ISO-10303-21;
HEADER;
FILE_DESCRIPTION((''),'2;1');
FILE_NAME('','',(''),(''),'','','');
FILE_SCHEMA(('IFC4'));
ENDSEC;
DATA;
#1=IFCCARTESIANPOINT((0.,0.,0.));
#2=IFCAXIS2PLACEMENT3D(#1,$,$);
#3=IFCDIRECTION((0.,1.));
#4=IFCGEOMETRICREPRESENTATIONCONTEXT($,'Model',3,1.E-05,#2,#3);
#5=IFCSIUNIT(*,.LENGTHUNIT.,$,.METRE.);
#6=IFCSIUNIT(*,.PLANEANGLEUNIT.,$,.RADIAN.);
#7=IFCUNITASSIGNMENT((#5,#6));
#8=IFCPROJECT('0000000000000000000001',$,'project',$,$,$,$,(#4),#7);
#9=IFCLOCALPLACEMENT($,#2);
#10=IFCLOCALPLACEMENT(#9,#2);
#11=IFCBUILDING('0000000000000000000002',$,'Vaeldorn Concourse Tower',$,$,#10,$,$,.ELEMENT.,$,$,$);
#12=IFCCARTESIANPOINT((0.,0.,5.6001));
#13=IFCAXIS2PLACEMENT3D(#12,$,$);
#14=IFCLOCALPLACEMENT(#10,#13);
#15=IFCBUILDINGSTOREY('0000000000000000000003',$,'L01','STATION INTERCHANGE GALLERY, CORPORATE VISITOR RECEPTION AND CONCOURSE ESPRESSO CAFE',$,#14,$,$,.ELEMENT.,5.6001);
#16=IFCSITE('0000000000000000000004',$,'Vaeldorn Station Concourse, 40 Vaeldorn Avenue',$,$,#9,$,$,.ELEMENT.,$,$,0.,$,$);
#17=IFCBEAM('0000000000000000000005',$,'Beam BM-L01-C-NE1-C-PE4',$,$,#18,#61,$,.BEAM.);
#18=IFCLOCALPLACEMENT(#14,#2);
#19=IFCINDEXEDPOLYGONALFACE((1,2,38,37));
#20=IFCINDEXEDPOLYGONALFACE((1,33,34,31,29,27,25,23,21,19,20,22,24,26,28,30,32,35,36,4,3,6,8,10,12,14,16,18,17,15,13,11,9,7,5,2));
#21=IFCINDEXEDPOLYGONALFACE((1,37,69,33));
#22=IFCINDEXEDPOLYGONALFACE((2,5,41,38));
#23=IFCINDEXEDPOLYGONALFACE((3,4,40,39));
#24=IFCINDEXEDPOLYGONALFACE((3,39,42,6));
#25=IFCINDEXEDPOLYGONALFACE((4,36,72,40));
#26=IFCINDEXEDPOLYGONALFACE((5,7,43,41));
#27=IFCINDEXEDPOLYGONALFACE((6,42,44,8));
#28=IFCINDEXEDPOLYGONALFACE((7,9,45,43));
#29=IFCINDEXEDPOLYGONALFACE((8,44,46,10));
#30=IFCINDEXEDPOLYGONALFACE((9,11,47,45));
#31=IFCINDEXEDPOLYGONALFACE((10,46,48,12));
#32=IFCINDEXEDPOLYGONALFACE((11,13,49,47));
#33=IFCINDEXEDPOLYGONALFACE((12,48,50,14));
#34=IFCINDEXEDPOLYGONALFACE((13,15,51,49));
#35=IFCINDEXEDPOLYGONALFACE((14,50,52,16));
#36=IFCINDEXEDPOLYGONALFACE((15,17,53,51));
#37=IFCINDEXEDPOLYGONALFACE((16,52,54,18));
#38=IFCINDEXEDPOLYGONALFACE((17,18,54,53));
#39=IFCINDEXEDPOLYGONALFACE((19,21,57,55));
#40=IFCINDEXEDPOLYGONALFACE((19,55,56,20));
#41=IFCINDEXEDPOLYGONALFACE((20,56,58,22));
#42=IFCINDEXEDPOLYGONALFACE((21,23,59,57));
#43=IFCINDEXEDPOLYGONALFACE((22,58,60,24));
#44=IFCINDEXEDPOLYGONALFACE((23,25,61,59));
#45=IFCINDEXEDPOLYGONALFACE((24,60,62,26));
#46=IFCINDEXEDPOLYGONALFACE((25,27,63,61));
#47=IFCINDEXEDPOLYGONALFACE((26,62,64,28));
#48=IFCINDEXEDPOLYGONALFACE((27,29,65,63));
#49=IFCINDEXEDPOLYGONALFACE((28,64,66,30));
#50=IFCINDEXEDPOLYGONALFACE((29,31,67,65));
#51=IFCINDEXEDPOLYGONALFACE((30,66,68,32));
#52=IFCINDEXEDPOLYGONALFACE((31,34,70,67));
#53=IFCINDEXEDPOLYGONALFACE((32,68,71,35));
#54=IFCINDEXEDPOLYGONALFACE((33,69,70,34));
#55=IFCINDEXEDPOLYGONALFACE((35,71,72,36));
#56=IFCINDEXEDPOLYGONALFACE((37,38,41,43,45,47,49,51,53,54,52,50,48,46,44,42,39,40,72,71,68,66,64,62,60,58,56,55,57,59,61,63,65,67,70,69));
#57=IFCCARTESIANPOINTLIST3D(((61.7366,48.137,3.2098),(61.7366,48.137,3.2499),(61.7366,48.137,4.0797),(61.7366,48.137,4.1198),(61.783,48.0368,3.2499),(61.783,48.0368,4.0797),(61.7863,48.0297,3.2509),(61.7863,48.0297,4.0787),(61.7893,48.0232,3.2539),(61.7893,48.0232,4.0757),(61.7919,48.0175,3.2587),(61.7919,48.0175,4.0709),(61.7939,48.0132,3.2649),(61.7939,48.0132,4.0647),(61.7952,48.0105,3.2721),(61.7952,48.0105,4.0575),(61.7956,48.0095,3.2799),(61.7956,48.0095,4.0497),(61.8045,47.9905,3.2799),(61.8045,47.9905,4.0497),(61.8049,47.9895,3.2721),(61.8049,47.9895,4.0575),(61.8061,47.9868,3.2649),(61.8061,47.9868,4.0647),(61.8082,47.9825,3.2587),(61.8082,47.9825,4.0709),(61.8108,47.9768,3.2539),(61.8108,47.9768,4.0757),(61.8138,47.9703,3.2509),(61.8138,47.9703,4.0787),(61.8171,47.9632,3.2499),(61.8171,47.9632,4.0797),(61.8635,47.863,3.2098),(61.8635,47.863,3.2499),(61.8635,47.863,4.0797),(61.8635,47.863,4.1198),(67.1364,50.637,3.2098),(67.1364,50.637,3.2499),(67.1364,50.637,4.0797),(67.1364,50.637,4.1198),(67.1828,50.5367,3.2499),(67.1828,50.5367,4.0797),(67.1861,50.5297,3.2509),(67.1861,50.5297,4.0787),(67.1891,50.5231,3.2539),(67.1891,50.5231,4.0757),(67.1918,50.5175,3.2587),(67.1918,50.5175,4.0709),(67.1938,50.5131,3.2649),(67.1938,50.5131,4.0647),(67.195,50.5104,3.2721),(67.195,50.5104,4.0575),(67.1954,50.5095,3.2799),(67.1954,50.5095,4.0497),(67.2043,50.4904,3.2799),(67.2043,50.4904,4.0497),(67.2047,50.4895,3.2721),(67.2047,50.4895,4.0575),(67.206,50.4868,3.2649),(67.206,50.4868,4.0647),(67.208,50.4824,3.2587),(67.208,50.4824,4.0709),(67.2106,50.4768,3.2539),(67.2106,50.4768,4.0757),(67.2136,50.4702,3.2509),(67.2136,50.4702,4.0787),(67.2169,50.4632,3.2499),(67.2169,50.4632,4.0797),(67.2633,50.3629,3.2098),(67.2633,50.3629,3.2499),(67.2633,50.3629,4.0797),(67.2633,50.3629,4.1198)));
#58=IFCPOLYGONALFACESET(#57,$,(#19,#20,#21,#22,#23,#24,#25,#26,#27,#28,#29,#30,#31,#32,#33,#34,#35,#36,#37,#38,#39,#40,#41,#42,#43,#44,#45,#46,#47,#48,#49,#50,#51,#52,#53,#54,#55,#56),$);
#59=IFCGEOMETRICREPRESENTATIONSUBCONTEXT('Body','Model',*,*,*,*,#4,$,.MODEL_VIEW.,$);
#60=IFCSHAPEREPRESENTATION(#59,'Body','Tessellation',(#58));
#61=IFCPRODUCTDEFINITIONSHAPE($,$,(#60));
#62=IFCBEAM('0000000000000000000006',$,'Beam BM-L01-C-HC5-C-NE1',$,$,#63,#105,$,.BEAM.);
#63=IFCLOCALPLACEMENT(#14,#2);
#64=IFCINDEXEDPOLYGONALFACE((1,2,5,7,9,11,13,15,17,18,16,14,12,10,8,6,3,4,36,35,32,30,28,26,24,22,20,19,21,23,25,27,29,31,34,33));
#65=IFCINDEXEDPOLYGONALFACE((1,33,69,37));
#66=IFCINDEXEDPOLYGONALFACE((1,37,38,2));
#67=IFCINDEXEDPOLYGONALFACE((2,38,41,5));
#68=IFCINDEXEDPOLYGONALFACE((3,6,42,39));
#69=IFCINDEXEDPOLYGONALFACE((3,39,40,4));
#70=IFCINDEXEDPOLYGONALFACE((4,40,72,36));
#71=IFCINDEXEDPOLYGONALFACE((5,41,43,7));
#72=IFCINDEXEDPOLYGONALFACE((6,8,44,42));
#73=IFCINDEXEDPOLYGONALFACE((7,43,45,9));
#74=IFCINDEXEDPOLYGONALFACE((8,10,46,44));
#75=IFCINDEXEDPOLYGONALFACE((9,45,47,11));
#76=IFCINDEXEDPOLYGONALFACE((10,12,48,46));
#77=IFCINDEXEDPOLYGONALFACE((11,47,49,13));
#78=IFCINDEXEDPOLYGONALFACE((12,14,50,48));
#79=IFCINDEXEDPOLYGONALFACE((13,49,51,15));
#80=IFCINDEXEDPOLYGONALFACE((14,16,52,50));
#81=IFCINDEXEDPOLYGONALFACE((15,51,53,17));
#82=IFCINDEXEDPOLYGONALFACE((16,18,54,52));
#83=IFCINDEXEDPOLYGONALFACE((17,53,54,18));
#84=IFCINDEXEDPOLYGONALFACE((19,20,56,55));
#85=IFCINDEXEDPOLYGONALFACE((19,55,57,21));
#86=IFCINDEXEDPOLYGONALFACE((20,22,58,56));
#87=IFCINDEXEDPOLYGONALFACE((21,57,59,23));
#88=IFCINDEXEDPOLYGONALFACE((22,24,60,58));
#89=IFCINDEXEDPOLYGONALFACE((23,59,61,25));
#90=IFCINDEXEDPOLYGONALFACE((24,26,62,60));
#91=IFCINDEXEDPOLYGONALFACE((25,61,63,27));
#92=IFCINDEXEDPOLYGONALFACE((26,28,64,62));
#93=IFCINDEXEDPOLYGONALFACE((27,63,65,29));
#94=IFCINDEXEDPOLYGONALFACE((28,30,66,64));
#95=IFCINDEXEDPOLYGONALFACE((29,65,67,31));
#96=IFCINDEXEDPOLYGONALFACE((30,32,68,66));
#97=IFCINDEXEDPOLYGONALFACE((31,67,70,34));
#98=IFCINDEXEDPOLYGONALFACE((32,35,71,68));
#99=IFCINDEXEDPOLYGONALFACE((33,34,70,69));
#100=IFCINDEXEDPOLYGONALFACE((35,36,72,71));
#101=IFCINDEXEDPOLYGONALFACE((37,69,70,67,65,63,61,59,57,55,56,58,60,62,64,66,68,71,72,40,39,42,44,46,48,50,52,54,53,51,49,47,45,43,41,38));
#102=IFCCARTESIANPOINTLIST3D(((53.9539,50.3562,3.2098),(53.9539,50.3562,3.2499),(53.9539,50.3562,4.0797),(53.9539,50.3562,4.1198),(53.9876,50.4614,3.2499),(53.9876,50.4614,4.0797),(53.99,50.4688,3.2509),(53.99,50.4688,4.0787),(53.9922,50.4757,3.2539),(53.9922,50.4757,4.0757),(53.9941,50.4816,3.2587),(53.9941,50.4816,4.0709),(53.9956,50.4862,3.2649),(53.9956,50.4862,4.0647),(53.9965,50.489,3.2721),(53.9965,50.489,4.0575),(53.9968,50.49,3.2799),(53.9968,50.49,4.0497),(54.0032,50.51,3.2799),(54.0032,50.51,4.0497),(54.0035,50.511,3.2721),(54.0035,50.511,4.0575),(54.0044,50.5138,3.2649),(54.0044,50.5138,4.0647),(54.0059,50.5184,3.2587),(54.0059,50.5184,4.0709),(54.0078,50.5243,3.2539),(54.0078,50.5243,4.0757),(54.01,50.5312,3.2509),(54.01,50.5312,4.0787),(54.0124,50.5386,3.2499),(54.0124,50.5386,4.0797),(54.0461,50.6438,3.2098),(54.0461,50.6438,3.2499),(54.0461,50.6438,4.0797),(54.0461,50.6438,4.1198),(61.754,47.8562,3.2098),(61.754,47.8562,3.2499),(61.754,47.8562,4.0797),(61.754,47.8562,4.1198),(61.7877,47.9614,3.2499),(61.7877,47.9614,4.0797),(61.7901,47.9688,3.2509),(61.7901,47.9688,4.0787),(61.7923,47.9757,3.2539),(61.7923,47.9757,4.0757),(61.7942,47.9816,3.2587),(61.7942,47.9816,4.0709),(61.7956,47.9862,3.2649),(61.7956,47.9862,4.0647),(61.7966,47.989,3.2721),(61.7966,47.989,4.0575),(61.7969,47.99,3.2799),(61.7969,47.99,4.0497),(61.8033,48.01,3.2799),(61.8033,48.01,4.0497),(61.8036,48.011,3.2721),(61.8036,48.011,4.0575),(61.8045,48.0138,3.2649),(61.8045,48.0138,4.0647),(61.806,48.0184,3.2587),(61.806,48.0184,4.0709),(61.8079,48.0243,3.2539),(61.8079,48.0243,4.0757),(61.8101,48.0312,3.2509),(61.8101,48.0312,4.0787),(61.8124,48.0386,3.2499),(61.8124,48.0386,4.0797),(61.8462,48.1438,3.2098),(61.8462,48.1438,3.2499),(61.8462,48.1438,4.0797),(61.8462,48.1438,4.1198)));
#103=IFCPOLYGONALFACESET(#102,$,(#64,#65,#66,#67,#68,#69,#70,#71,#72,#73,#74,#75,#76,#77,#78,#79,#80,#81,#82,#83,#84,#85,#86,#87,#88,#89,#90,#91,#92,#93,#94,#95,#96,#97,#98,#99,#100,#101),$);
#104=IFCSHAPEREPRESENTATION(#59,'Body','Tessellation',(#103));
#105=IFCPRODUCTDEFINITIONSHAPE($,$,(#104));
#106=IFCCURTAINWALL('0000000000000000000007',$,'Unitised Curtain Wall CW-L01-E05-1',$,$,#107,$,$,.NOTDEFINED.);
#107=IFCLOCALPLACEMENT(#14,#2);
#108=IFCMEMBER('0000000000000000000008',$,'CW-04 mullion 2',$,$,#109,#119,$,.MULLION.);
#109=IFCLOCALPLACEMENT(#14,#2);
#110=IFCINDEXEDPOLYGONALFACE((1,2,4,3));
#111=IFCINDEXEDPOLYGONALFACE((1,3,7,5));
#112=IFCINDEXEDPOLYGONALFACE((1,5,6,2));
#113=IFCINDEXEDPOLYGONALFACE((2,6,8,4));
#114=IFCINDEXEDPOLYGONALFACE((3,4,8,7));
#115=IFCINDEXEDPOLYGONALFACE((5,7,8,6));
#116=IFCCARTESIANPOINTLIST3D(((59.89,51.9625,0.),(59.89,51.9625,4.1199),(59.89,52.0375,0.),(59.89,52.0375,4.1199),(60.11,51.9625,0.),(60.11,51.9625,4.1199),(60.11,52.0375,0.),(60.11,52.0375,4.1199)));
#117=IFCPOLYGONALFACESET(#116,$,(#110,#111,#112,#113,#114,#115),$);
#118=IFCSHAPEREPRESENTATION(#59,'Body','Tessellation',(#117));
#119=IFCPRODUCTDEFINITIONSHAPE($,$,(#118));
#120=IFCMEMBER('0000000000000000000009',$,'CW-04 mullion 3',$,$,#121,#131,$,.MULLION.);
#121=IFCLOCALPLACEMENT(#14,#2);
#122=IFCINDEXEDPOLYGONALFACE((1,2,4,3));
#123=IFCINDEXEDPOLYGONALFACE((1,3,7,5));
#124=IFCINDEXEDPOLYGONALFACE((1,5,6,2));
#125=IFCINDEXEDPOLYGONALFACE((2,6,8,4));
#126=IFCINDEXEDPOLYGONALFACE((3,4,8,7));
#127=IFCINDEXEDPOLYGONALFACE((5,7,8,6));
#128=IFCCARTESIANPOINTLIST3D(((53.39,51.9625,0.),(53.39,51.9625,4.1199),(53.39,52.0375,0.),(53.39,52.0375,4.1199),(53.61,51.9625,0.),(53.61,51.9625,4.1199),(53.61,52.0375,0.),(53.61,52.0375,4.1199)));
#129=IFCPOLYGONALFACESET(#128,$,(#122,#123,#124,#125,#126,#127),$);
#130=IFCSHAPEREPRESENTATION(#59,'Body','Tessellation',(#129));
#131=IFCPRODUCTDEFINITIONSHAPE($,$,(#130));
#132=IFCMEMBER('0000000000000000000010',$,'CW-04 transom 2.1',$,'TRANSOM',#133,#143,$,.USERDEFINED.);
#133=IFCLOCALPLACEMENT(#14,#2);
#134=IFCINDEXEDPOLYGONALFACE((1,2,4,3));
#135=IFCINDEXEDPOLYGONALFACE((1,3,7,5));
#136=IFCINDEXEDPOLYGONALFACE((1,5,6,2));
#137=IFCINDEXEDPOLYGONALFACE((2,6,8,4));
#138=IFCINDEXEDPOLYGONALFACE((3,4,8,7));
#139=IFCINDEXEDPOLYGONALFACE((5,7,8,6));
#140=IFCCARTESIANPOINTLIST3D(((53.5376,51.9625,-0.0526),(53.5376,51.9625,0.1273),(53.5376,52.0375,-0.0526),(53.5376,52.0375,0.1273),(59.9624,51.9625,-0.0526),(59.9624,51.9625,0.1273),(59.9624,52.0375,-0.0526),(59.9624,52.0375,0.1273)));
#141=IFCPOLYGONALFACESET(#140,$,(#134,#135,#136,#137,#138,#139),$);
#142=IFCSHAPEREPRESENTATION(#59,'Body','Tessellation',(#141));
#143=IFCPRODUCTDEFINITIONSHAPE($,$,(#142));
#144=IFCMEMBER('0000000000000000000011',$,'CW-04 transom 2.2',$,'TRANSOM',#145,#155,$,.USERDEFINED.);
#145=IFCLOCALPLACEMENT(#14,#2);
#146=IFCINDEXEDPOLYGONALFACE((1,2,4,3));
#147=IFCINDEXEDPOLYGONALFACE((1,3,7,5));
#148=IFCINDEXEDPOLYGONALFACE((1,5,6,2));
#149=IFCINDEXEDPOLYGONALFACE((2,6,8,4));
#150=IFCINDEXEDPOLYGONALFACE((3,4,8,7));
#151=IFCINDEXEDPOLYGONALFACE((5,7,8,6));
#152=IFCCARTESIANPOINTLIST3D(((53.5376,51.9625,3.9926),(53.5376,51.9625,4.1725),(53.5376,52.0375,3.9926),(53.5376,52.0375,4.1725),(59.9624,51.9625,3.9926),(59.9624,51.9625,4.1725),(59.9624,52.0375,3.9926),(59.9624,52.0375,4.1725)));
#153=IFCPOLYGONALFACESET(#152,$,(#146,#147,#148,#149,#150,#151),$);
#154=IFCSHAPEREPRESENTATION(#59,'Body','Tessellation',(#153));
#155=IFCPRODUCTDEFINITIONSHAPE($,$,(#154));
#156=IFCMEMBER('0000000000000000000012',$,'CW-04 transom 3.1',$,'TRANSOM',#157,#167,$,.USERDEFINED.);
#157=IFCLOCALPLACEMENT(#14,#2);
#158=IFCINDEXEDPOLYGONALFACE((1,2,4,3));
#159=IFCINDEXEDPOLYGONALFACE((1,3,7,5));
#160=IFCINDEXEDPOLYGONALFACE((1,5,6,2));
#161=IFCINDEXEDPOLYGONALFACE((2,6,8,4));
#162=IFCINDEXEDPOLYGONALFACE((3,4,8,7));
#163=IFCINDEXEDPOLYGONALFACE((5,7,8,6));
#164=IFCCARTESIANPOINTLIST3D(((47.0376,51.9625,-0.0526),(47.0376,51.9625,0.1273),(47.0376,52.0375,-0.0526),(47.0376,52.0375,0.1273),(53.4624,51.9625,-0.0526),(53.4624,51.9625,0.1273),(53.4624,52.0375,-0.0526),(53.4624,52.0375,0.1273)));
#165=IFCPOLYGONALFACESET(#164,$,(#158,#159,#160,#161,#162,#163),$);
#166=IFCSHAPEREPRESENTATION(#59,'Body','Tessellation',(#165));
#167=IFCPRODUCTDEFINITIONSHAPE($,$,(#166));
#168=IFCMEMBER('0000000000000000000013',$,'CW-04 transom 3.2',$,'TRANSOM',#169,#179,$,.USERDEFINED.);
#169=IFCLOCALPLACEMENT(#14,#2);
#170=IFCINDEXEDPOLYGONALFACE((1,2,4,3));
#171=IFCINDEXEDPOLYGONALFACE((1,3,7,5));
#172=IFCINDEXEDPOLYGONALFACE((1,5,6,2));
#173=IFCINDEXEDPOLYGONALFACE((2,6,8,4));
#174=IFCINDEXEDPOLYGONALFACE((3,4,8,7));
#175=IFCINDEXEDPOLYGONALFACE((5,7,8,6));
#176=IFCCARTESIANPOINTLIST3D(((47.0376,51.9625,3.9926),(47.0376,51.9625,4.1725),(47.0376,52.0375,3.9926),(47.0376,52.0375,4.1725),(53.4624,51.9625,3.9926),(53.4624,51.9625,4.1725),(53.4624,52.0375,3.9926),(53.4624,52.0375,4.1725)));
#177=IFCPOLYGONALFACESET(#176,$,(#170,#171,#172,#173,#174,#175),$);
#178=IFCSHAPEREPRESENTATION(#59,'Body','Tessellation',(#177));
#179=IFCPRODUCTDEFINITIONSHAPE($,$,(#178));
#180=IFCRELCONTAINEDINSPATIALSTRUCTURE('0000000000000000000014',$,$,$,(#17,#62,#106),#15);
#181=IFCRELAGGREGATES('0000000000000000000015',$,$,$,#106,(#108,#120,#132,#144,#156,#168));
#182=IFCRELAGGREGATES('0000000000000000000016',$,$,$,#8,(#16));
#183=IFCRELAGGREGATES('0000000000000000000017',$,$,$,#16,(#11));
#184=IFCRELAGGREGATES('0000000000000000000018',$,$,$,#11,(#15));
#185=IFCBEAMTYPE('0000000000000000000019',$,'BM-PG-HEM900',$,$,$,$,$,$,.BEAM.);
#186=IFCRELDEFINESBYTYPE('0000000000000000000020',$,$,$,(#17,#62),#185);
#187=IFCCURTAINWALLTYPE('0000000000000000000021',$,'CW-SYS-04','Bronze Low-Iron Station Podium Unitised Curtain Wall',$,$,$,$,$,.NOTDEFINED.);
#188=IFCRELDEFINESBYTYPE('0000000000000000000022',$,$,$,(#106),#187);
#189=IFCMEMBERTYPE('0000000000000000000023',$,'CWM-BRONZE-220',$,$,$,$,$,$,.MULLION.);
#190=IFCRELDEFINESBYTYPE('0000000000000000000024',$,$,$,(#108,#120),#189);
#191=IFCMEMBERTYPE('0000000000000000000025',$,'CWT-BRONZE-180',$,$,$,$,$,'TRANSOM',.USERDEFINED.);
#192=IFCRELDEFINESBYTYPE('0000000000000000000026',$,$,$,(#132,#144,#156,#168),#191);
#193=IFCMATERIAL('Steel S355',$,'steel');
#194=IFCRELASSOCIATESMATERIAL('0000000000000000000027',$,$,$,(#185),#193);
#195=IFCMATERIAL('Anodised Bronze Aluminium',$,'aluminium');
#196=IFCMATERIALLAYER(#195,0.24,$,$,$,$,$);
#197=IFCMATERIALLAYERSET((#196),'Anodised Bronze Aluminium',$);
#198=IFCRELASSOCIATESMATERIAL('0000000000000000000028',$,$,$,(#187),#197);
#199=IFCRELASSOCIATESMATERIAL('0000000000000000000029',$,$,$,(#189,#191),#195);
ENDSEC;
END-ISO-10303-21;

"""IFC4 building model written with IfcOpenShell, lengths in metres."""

from ifc_helpers import new_model, si_unit, direction, frame, origin, origin_2d, place, context, subcontext, project, spatial, rectangle, i_section, extrude, source, transform, mapped, material, layer, layer_set, material_profile, profile_set, type_object, element, aggregate, save


model = new_model("IFC4")

# Units and contexts
model_context = context("Model", 3, precision=1e-05, world=origin(), true_north=direction((0.0, 1.0)))
body_context = subcontext(model_context, "Body", "Model", "MODEL_VIEW")
ifc_project = project(units=[si_unit("LENGTHUNIT", "METRE"), si_unit("PLANEANGLEUNIT", "RADIAN")], contexts=[model_context])

# Site, building, storey
site_placement = place(None, origin())
site = spatial("IfcSite", under=ifc_project, at=site_placement, Name="Vaeldorn Station Concourse, 40 Vaeldorn Avenue", CompositionType="ELEMENT", RefElevation=0.0)
building_placement = place(site_placement, origin())
building = spatial("IfcBuilding", under=site, at=building_placement, Name="Vaeldorn Concourse Tower", CompositionType="ELEMENT")
storey_placement = place(building_placement, frame((0.0, 0.0, 5.6001)))
storey = spatial("IfcBuildingStorey", under=building, at=storey_placement, Name="L01", Description="STATION INTERCHANGE GALLERY, CORPORATE VISITOR RECEPTION AND CONCOURSE ESPRESSO CAFE", CompositionType="ELEMENT", Elevation=5.6001)

# Beams
ifc_material_1 = material(Name="Steel S355", Category="steel")
ifc_material_profile_1 = material_profile(ifc_material_1, i_section(OverallWidth=0.302, OverallDepth=0.9099, WebThickness=0.021, FlangeThickness=0.04, FilletRadius=0.03, at=origin_2d()), Name="HEM 900")
ifc_profile_set_1 = profile_set([ifc_material_profile_1], Name="Steel S355")
beam_type_1 = type_object("IfcBeamType", Name="BM-PG-HEM900", PredefinedType="BEAM", material=ifc_profile_set_1)
shared_shape_1 = source(origin(), body_context, "Body", "SweptSolid", [
    extrude(i_section(OverallWidth=0.302, OverallDepth=0.9099, WebThickness=0.021, FlangeThickness=0.04, FilletRadius=0.03, at=origin_2d()), origin(), (0.0, 0.0, 1.0), 5.9504),
])
beam_1_placement = place(storey_placement, frame((61.8, 48.0, 3.6648), z_axis=(0.907464, 0.42013, 0.0), x_axis=(-0.42013, 0.907464, 0.0)))
element("IfcBeam", 1, at=beam_1_placement, inside=storey, type_object=beam_type_1, Name="Beam BM-L01-C-NE1-C-PE4", PredefinedType="BEAM", context=body_context, shape_type="MappedRepresentation", body=[
    mapped(shared_shape_1, transform((0.0, 0.0, 0.0), scale=1.0)),
])
shared_shape_2 = source(origin(), body_context, "Body", "SweptSolid", [
    extrude(i_section(OverallWidth=0.302, OverallDepth=0.9099, WebThickness=0.021, FlangeThickness=0.04, FilletRadius=0.03, at=origin_2d()), origin(), (0.0, 0.0, 1.0), 8.1909),
])
beam_2_placement = place(storey_placement, frame((54.0, 50.5, 3.6648), z_axis=(0.952283, -0.305217, 0.0), x_axis=(0.305217, 0.952283, 0.0)))
element("IfcBeam", 2, at=beam_2_placement, inside=storey, type_object=beam_type_1, Name="Beam BM-L01-C-HC5-C-NE1", PredefinedType="BEAM", context=body_context, shape_type="MappedRepresentation", body=[
    mapped(shared_shape_2, transform((0.0, 0.0, 0.0), scale=1.0)),
])

# Curtain wall, members
ifc_material_2 = material(Name="Anodised Bronze Aluminium", Category="aluminium")
ifc_layer_1 = layer(ifc_material_2, 0.24)
ifc_layer_set_1 = layer_set([ifc_layer_1], Name="Anodised Bronze Aluminium")
curtain_wall_type = type_object("IfcCurtainWallType", Name="CW-SYS-04", Description="Bronze Low-Iron Station Podium Unitised Curtain Wall", PredefinedType="NOTDEFINED", material=ifc_layer_set_1)
curtain_wall_placement = place(storey_placement, origin())
curtain_wall = element("IfcCurtainWall", 3, at=curtain_wall_placement, inside=storey, type_object=curtain_wall_type, Name="Unitised Curtain Wall CW-L01-E05-1", PredefinedType="NOTDEFINED")
ifc_material_profile_2 = material_profile(ifc_material_2, rectangle(XDim=0.075, YDim=0.22, at=origin_2d()), Name="CWM 75x220")
ifc_profile_set_2 = profile_set([ifc_material_profile_2], Name="Anodised Bronze Aluminium")
member_type_1 = type_object("IfcMemberType", Name="CWM-BRONZE-220", PredefinedType="MULLION", material=ifc_profile_set_2)
shared_shape_3 = source(origin(), body_context, "Body", "SweptSolid", [
    extrude(rectangle(XDim=0.075, YDim=0.22, at=origin_2d()), origin(), (0.0, 0.0, 1.0), 4.1199),
])
member_1_placement = place(storey_placement, frame((60.0, 52.0, 0.0), z_axis=(0.0, 0.0, 1.0), x_axis=(0.0, -1.0, 0.0)))
member_1 = element("IfcMember", 4, at=member_1_placement, type_object=member_type_1, Name="CW-04 mullion 2", PredefinedType="MULLION", context=body_context, shape_type="MappedRepresentation", body=[
    mapped(shared_shape_3, transform((0.0, 0.0, 0.0), scale=1.0)),
])
member_2_placement = place(storey_placement, frame((53.5, 52.0, 0.0), z_axis=(0.0, 0.0, 1.0), x_axis=(0.0, -1.0, 0.0)))
member_2 = element("IfcMember", 5, at=member_2_placement, type_object=member_type_1, Name="CW-04 mullion 3", PredefinedType="MULLION", context=body_context, shape_type="MappedRepresentation", body=[
    mapped(shared_shape_3, transform((0.0, 0.0, 0.0), scale=1.0)),
])
ifc_material_profile_3 = material_profile(ifc_material_2, rectangle(XDim=0.075, YDim=0.1799, at=origin_2d()), Name="CWT 75x180")
ifc_profile_set_3 = profile_set([ifc_material_profile_3], Name="Anodised Bronze Aluminium")
member_type_2 = type_object("IfcMemberType", Name="CWT-BRONZE-180", ElementType="TRANSOM", PredefinedType="USERDEFINED", material=ifc_profile_set_3)
shared_shape_4 = source(origin(), body_context, "Body", "SweptSolid", [
    extrude(rectangle(XDim=0.075, YDim=0.1799, at=origin_2d()), origin(), (0.0, 0.0, 1.0), 6.4248),
])
member_3_placement = place(storey_placement, frame((59.9624, 52.0, 0.0374), z_axis=(-1.0, 0.0, 0.0), x_axis=(0.0, -1.0, 0.0)))
member_3 = element("IfcMember", 6, at=member_3_placement, type_object=member_type_2, Name="CW-04 transom 2.1", ObjectType="TRANSOM", PredefinedType="USERDEFINED", context=body_context, shape_type="MappedRepresentation", body=[
    mapped(shared_shape_4, transform((0.0, 0.0, 0.0), scale=1.0)),
])
member_4_placement = place(storey_placement, frame((59.9624, 52.0, 4.0825), z_axis=(-1.0, 0.0, 0.0), x_axis=(0.0, -1.0, 0.0)))
member_4 = element("IfcMember", 7, at=member_4_placement, type_object=member_type_2, Name="CW-04 transom 2.2", ObjectType="TRANSOM", PredefinedType="USERDEFINED", context=body_context, shape_type="MappedRepresentation", body=[
    mapped(shared_shape_4, transform((0.0, 0.0, 0.0), scale=1.0)),
])
member_5_placement = place(storey_placement, frame((53.4624, 52.0, 0.0374), z_axis=(-1.0, 0.0, 0.0), x_axis=(0.0, -1.0, 0.0)))
member_5 = element("IfcMember", 8, at=member_5_placement, type_object=member_type_2, Name="CW-04 transom 3.1", ObjectType="TRANSOM", PredefinedType="USERDEFINED", context=body_context, shape_type="MappedRepresentation", body=[
    mapped(shared_shape_4, transform((0.0, 0.0, 0.0), scale=1.0)),
])
member_6_placement = place(storey_placement, frame((53.4624, 52.0, 4.0825), z_axis=(-1.0, 0.0, 0.0), x_axis=(0.0, -1.0, 0.0)))
member_6 = element("IfcMember", 9, at=member_6_placement, type_object=member_type_2, Name="CW-04 transom 3.2", ObjectType="TRANSOM", PredefinedType="USERDEFINED", context=body_context, shape_type="MappedRepresentation", body=[
    mapped(shared_shape_4, transform((0.0, 0.0, 0.0), scale=1.0)),
])
aggregate(curtain_wall, [member_1, member_2, member_3, member_4, member_5, member_6])

save(model, "model.ifc")
